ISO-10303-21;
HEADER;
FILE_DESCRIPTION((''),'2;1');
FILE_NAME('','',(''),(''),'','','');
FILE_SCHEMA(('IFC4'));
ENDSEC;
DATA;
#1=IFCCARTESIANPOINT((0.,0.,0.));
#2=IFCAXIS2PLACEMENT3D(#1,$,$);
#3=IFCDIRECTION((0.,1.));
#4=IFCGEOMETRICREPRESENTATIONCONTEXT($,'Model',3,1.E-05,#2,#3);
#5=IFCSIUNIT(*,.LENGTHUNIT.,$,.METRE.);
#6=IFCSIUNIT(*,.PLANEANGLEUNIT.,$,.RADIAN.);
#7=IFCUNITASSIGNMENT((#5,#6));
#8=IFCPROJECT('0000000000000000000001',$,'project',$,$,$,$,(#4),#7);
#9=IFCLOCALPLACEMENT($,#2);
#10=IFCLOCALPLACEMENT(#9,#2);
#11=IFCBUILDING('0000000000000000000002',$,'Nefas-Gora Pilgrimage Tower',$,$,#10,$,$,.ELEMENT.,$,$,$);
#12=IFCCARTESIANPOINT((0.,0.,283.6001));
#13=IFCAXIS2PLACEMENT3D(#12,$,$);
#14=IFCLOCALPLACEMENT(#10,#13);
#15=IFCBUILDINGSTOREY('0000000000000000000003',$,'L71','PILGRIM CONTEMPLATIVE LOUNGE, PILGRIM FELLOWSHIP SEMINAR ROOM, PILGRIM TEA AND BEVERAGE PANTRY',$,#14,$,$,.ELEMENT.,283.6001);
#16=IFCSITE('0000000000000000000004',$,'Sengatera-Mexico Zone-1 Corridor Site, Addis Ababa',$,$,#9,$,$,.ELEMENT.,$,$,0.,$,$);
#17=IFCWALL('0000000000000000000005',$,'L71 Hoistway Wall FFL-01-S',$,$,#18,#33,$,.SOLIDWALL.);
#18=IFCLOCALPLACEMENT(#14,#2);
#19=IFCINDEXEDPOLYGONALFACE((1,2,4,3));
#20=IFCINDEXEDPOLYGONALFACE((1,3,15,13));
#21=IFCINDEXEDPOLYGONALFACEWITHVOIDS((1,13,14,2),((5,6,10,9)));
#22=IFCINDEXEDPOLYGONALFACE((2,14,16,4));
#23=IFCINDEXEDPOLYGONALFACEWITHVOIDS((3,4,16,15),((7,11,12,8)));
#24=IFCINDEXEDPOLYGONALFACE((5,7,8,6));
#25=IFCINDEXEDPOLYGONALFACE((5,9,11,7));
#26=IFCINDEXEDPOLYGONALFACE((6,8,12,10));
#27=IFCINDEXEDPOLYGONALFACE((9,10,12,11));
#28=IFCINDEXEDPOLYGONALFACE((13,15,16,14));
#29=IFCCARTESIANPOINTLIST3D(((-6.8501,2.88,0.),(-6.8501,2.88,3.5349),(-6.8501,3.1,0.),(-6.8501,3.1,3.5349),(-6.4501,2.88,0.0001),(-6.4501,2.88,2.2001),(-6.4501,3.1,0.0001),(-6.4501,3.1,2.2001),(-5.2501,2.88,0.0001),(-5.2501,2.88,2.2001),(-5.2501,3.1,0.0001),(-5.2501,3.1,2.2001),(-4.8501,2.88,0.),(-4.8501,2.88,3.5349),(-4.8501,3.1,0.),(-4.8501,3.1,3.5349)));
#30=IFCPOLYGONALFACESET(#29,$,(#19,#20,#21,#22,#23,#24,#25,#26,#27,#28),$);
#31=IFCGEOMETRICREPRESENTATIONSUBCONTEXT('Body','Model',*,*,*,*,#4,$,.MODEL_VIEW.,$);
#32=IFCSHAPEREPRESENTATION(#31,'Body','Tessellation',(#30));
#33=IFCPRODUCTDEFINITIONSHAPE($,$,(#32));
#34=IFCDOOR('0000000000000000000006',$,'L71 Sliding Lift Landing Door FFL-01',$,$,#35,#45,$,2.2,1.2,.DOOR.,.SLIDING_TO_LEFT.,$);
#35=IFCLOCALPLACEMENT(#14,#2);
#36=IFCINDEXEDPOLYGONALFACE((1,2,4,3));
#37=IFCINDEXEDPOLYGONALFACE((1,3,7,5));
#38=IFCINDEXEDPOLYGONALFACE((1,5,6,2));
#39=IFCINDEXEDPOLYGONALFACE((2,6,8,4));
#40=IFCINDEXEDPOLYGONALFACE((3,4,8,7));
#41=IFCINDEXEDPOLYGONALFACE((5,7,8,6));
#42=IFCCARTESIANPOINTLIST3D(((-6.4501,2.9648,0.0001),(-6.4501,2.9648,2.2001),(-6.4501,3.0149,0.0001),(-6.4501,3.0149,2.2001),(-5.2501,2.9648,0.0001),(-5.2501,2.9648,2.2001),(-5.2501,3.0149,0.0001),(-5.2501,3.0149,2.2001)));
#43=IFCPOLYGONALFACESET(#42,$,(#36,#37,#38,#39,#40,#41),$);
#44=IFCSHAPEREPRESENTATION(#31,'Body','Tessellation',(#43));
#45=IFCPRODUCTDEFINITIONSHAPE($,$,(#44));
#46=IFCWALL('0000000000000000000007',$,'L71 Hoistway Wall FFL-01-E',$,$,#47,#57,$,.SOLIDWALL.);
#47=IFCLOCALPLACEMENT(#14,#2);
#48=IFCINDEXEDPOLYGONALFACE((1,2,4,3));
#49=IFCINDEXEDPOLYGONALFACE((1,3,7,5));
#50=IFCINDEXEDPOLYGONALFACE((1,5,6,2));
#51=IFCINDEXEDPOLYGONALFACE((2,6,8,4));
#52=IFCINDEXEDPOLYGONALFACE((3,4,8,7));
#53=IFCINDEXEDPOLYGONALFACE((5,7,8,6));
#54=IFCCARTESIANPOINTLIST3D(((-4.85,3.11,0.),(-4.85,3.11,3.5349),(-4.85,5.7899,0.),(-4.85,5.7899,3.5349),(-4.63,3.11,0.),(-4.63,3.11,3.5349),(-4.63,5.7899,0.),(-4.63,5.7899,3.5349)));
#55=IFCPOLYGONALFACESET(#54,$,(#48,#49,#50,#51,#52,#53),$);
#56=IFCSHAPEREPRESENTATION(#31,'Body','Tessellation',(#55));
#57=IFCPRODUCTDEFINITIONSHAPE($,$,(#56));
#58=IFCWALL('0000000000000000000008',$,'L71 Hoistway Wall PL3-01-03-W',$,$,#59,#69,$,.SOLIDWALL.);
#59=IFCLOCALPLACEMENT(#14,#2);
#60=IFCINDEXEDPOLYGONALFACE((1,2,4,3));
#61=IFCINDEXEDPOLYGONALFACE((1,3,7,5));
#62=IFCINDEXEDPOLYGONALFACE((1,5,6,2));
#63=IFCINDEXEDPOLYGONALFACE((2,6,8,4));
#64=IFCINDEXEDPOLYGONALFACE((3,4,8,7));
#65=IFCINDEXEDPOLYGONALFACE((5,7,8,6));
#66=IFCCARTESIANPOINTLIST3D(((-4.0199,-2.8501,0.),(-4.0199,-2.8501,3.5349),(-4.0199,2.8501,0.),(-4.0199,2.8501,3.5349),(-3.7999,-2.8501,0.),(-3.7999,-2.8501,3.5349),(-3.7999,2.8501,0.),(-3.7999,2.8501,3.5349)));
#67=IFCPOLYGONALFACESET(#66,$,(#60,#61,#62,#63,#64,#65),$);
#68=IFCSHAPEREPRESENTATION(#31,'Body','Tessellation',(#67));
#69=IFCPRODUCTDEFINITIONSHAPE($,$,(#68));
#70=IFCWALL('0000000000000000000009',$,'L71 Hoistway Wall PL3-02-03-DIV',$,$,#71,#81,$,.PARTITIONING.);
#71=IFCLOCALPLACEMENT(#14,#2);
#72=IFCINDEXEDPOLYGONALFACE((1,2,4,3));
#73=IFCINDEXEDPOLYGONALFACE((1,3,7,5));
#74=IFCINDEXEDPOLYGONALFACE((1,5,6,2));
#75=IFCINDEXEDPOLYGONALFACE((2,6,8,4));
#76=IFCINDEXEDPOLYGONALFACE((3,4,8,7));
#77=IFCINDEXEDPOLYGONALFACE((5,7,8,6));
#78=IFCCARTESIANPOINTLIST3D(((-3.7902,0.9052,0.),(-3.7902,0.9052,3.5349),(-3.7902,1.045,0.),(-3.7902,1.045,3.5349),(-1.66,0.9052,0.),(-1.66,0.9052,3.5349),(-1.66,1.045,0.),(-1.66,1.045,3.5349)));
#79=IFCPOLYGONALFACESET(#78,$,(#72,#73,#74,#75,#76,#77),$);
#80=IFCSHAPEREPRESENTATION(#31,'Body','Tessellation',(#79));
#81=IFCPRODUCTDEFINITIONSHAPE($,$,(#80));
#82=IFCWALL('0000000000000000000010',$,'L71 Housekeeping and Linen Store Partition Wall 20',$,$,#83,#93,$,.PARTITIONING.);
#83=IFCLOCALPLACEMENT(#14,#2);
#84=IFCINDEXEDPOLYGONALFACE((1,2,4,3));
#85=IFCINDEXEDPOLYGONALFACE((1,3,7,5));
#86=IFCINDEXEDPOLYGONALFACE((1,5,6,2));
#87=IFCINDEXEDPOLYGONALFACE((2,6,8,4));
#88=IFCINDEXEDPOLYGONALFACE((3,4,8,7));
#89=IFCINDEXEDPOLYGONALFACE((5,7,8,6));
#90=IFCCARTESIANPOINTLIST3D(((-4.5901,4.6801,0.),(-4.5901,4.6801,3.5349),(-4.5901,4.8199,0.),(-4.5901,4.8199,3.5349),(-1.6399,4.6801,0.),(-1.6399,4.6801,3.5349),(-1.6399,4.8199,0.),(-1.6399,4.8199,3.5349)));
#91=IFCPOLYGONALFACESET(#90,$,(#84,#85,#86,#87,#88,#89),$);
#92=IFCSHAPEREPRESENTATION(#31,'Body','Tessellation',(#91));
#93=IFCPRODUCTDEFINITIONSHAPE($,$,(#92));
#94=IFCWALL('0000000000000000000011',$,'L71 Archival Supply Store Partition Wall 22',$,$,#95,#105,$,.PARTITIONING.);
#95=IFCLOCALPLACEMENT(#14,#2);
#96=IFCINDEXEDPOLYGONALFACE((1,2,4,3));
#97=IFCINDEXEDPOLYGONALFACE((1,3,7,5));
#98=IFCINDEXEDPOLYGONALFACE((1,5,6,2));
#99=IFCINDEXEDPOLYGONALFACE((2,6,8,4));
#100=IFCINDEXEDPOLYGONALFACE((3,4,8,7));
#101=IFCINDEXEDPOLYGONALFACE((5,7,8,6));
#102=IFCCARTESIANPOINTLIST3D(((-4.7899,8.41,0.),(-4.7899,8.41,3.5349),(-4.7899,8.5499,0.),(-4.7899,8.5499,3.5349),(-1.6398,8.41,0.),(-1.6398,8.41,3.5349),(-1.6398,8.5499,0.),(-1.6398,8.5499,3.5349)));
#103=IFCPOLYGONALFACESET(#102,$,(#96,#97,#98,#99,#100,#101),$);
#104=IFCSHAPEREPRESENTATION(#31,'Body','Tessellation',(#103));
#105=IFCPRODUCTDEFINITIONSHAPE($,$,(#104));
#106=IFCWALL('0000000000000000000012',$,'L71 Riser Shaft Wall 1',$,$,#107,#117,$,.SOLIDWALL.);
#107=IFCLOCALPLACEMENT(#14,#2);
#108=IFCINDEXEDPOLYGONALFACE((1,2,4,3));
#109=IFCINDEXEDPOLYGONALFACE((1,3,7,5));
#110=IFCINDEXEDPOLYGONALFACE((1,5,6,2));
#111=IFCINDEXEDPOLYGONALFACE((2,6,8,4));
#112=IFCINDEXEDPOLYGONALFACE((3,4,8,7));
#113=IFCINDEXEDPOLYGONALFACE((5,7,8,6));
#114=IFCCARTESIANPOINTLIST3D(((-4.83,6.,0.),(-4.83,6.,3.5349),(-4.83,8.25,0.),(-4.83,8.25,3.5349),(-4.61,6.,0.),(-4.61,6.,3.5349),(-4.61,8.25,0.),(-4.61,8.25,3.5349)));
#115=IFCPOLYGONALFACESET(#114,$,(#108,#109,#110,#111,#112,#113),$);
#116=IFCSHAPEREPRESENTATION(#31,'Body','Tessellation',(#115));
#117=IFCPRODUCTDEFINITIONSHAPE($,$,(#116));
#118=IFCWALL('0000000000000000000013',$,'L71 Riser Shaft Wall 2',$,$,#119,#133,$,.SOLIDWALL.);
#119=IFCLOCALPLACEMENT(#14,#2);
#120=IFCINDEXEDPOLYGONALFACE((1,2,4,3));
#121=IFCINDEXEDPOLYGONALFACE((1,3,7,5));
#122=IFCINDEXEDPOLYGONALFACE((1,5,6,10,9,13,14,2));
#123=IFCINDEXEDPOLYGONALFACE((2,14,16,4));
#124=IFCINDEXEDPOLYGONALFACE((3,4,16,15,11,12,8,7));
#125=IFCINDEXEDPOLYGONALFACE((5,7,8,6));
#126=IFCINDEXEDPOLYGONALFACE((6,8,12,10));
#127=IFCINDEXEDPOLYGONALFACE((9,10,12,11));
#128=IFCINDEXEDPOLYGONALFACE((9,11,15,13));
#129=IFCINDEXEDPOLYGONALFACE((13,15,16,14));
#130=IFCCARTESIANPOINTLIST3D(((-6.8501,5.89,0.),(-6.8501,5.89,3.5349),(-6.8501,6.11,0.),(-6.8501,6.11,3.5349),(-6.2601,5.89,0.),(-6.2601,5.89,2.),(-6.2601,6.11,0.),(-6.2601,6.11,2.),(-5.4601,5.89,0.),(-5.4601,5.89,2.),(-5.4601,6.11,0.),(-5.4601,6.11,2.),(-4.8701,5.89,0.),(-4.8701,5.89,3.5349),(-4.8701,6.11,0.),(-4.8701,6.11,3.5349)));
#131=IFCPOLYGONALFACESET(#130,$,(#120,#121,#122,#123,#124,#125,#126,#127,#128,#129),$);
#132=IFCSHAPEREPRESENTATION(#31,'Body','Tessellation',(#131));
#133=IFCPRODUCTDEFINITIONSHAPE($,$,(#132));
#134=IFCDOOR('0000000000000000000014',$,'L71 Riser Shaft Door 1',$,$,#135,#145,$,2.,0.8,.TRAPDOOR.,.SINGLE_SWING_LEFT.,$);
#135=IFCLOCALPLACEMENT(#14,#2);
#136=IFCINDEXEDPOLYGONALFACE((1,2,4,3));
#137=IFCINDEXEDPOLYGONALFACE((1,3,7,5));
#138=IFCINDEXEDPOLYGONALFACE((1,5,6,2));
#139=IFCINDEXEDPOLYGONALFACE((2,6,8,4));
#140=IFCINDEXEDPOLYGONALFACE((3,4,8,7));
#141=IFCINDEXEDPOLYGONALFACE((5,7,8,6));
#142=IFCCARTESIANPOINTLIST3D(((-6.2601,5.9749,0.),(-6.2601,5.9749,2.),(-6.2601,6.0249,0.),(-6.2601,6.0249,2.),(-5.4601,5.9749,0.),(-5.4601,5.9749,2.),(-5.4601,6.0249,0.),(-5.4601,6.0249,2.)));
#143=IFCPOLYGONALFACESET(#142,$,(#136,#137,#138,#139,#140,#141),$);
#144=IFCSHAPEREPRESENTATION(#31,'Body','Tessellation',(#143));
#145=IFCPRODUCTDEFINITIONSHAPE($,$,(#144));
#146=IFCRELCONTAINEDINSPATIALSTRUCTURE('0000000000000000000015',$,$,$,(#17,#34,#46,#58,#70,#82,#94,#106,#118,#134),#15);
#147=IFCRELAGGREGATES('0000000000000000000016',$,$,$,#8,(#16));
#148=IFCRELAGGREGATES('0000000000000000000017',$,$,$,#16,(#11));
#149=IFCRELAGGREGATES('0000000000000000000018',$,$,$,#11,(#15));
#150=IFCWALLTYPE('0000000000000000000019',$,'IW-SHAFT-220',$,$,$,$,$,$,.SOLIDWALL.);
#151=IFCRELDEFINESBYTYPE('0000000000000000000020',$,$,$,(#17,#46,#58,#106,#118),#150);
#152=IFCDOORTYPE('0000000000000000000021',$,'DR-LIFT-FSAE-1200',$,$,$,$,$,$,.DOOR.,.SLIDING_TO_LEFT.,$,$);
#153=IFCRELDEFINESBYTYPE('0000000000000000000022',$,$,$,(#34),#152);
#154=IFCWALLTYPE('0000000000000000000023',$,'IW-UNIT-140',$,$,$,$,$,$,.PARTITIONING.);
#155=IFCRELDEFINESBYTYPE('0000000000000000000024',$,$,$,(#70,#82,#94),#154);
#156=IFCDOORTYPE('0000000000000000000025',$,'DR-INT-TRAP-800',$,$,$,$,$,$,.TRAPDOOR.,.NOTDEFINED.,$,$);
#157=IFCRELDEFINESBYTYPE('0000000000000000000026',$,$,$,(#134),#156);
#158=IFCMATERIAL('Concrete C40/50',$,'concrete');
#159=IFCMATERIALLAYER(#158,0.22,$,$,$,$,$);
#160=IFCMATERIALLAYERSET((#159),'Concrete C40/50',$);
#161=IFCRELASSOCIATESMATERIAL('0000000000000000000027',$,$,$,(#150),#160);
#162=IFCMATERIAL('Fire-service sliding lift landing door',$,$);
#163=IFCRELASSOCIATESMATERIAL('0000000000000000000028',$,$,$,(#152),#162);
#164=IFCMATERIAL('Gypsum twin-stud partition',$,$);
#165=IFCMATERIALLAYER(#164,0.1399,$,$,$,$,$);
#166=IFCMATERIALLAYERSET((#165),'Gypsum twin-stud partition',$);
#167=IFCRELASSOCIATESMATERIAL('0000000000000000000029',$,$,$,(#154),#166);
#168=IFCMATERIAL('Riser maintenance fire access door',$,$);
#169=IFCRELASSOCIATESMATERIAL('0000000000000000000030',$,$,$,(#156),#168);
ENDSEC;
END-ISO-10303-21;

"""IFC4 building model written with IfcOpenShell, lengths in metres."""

from ifc_helpers import new_model, si_unit, direction, frame, frame_2d, origin, place, context, subcontext, project, spatial, rectangle, extrude, source, transform, mapped, material, layer, layer_set, type_object, element, fill, save


model = new_model("IFC4")

# Units and contexts
model_context = context("Model", 3, precision=1e-05, world=origin(), true_north=direction((0.0, 1.0)))
body_context = subcontext(model_context, "Body", "Model", "MODEL_VIEW")
ifc_project = project(units=[si_unit("LENGTHUNIT", "METRE"), si_unit("PLANEANGLEUNIT", "RADIAN")], contexts=[model_context])

# Site, building, storey
site_placement = place(None, origin())
site = spatial("IfcSite", under=ifc_project, at=site_placement, Name="Sengatera-Mexico Zone-1 Corridor Site, Addis Ababa", CompositionType="ELEMENT", RefElevation=0.0)
building_placement = place(site_placement, origin())
building = spatial("IfcBuilding", under=site, at=building_placement, Name="Nefas-Gora Pilgrimage Tower", CompositionType="ELEMENT")
storey_placement = place(building_placement, frame((0.0, 0.0, 283.6001)))
storey = spatial("IfcBuildingStorey", under=building, at=storey_placement, Name="L71", Description="PILGRIM CONTEMPLATIVE LOUNGE, PILGRIM FELLOWSHIP SEMINAR ROOM, PILGRIM TEA AND BEVERAGE PANTRY", CompositionType="ELEMENT", Elevation=283.6001)

# Wall, opening, door
ifc_material_1 = material(Name="Concrete C40/50", Category="concrete")
ifc_layer_1 = layer(ifc_material_1, 0.22)
ifc_layer_set_1 = layer_set([ifc_layer_1], Name="Concrete C40/50")
wall_type_1 = type_object("IfcWallType", Name="IW-SHAFT-220", PredefinedType="SOLIDWALL", material=ifc_layer_set_1)
shared_shape_1 = source(origin(), body_context, "Body", "SweptSolid", [
    extrude(rectangle(XDim=2.0, YDim=0.22, at=frame_2d((1.0, 0.0))), origin(), (0.0, 0.0, 1.0), 3.5349),
])
wall_1_placement = place(storey_placement, frame((-6.8501, 2.99, 0.0), z_axis=(0.0, 0.0, 1.0), x_axis=(1.0, 0.0, 0.0)))
wall_1 = element("IfcWall", 1, at=wall_1_placement, inside=storey, type_object=wall_type_1, Name="L71 Hoistway Wall FFL-01-S", PredefinedType="SOLIDWALL", context=body_context, shape_type="MappedRepresentation", body=[
    mapped(shared_shape_1, transform((0.0, 0.0, 0.0), x_axis=(1.0, 0.0, 0.0), y_axis=(0.0, 1.0, 0.0), z_axis=(0.0, 0.0, 1.0), scale=1.0)),
])
opening_1_placement = place(wall_1_placement, frame((0.3999, 0.0, 0.0)))
opening_1 = element("IfcOpeningElement", 2, at=opening_1_placement, cuts=wall_1, PredefinedType="OPENING", context=body_context, shape_type="SweptSolid", body=[
    extrude(rectangle(XDim=1.2, YDim=2.2, at=frame_2d((0.6001, 1.1001))), frame((0.0, 0.1199, 0.0), z_axis=(0.0, -1.0, 0.0), x_axis=(1.0, 0.0, 0.0)), (0.0, 0.0, 1.0), 0.24),
])
ifc_material_2 = material(Name="Fire-service sliding lift landing door")
door_type_1 = type_object("IfcDoorType", Name="DR-LIFT-FSAE-1200", OperationType="SLIDING_TO_LEFT", PredefinedType="DOOR", material=ifc_material_2)
shared_shape_2 = source(origin(), body_context, "Body", "SweptSolid", [
    extrude(rectangle(XDim=1.2, YDim=2.2, at=frame_2d((0.6001, 1.1001))), frame((0.0, 0.0249, 0.0), z_axis=(0.0, -1.0, 0.0), x_axis=(1.0, 0.0, 0.0)), (0.0, 0.0, 1.0), 0.05),
])
door_1_placement = place(opening_1_placement, origin())
door_1 = element("IfcDoor", 3, at=door_1_placement, inside=storey, type_object=door_type_1, Name="L71 Sliding Lift Landing Door FFL-01", OperationType="SLIDING_TO_LEFT", OverallHeight=2.2, OverallWidth=1.2, PredefinedType="DOOR", context=body_context, shape_type="MappedRepresentation", body=[
    mapped(shared_shape_2, transform((0.0, 0.0, 0.0), x_axis=(1.0, 0.0, 0.0), y_axis=(0.0, 1.0, 0.0), z_axis=(0.0, 0.0, 1.0), scale=1.0)),
])
fill(opening_1, door_1)

# Walls
shared_shape_3 = source(origin(), body_context, "Body", "SweptSolid", [
    extrude(rectangle(XDim=2.6799, YDim=0.22, at=frame_2d((1.3398, 0.0))), origin(), (0.0, 0.0, 1.0), 3.5349),
])
wall_2_placement = place(storey_placement, frame((-4.74, 3.1101, 0.0), z_axis=(0.0, 0.0, 1.0), x_axis=(0.0, 1.0, 0.0)))
element("IfcWall", 4, at=wall_2_placement, inside=storey, type_object=wall_type_1, Name="L71 Hoistway Wall FFL-01-E", PredefinedType="SOLIDWALL", context=body_context, shape_type="MappedRepresentation", body=[
    mapped(shared_shape_3, transform((0.0, 0.0, 0.0), x_axis=(1.0, 0.0, 0.0), y_axis=(0.0, 1.0, 0.0), z_axis=(0.0, 0.0, 1.0), scale=1.0)),
])
shared_shape_4 = source(origin(), body_context, "Body", "SweptSolid", [
    extrude(rectangle(XDim=5.7002, YDim=0.22, at=frame_2d((2.8501, 0.0))), origin(), (0.0, 0.0, 1.0), 3.5349),
])
wall_3_placement = place(storey_placement, frame((-3.9099, 2.8501, 0.0), z_axis=(0.0, 0.0, 1.0), x_axis=(0.0, -1.0, 0.0)))
element("IfcWall", 5, at=wall_3_placement, inside=storey, type_object=wall_type_1, Name="L71 Hoistway Wall PL3-01-03-W", PredefinedType="SOLIDWALL", context=body_context, shape_type="MappedRepresentation", body=[
    mapped(shared_shape_4, transform((0.0, 0.0, 0.0), x_axis=(1.0, 0.0, 0.0), y_axis=(0.0, 1.0, 0.0), z_axis=(0.0, 0.0, 1.0), scale=1.0)),
])
ifc_material_3 = material(Name="Gypsum twin-stud partition")
ifc_layer_2 = layer(ifc_material_3, 0.1399)
ifc_layer_set_2 = layer_set([ifc_layer_2], Name="Gypsum twin-stud partition")
wall_type_2 = type_object("IfcWallType", Name="IW-UNIT-140", PredefinedType="PARTITIONING", material=ifc_layer_set_2)
shared_shape_5 = source(origin(), body_context, "Body", "SweptSolid", [
    extrude(rectangle(XDim=2.1301, YDim=0.1399, at=frame_2d((1.0649, 0.0))), origin(), (0.0, 0.0, 1.0), 3.5349),
])
wall_4_placement = place(storey_placement, frame((-3.79, 0.9751, 0.0), z_axis=(0.0, 0.0, 1.0), x_axis=(1.0, 0.0, 0.0)))
element("IfcWall", 6, at=wall_4_placement, inside=storey, type_object=wall_type_2, Name="L71 Hoistway Wall PL3-02-03-DIV", PredefinedType="PARTITIONING", context=body_context, shape_type="MappedRepresentation", body=[
    mapped(shared_shape_5, transform((0.0, 0.0, 0.0), x_axis=(1.0, 0.0, 0.0), y_axis=(0.0, 1.0, 0.0), z_axis=(0.0, 0.0, 1.0), scale=1.0)),
])
shared_shape_6 = source(origin(), body_context, "Body", "SweptSolid", [
    extrude(rectangle(XDim=2.9502, YDim=0.1399, at=frame_2d((1.4751, 0.0))), origin(), (0.0, 0.0, 1.0), 3.5349),
])
wall_5_placement = place(storey_placement, frame((-4.5901, 4.75, 0.0), z_axis=(0.0, 0.0, 1.0), x_axis=(1.0, 0.0, 0.0)))
element("IfcWall", 7, at=wall_5_placement, inside=storey, type_object=wall_type_2, Name="L71 Housekeeping and Linen Store Partition Wall 20", PredefinedType="PARTITIONING", context=body_context, shape_type="MappedRepresentation", body=[
    mapped(shared_shape_6, transform((0.0, 0.0, 0.0), x_axis=(1.0, 0.0, 0.0), y_axis=(0.0, 1.0, 0.0), z_axis=(0.0, 0.0, 1.0), scale=1.0)),
])
shared_shape_7 = source(origin(), body_context, "Body", "SweptSolid", [
    extrude(rectangle(XDim=3.1501, YDim=0.1399, at=frame_2d((1.5752, 0.0))), origin(), (0.0, 0.0, 1.0), 3.5349),
])
wall_6_placement = place(storey_placement, frame((-4.79, 8.48, 0.0), z_axis=(0.0, 0.0, 1.0), x_axis=(1.0, 0.0, 0.0)))
element("IfcWall", 8, at=wall_6_placement, inside=storey, type_object=wall_type_2, Name="L71 Archival Supply Store Partition Wall 22", PredefinedType="PARTITIONING", context=body_context, shape_type="MappedRepresentation", body=[
    mapped(shared_shape_7, transform((0.0, 0.0, 0.0), x_axis=(1.0, 0.0, 0.0), y_axis=(0.0, 1.0, 0.0), z_axis=(0.0, 0.0, 1.0), scale=1.0)),
])
shared_shape_8 = source(origin(), body_context, "Body", "SweptSolid", [
    extrude(rectangle(XDim=2.25, YDim=0.22, at=frame_2d((1.125, 0.0))), origin(), (0.0, 0.0, 1.0), 3.5349),
])
wall_7_placement = place(storey_placement, frame((-4.72, 6.0, 0.0), z_axis=(0.0, 0.0, 1.0), x_axis=(0.0, 1.0, 0.0)))
element("IfcWall", 9, at=wall_7_placement, inside=storey, type_object=wall_type_1, Name="L71 Riser Shaft Wall 1", PredefinedType="SOLIDWALL", context=body_context, shape_type="MappedRepresentation", body=[
    mapped(shared_shape_8, transform((0.0, 0.0, 0.0), x_axis=(1.0, 0.0, 0.0), y_axis=(0.0, 1.0, 0.0), z_axis=(0.0, 0.0, 1.0), scale=1.0)),
])

# Wall, opening, door
shared_shape_9 = source(origin(), body_context, "Body", "SweptSolid", [
    extrude(rectangle(XDim=1.98, YDim=0.22, at=frame_2d((0.99, 0.0))), origin(), (0.0, 0.0, 1.0), 3.5349),
])
wall_8_placement = place(storey_placement, frame((-6.8501, 6.0, 0.0), z_axis=(0.0, 0.0, 1.0), x_axis=(1.0, 0.0, 0.0)))
wall_8 = element("IfcWall", 10, at=wall_8_placement, inside=storey, type_object=wall_type_1, Name="L71 Riser Shaft Wall 2", PredefinedType="SOLIDWALL", context=body_context, shape_type="MappedRepresentation", body=[
    mapped(shared_shape_9, transform((0.0, 0.0, 0.0), x_axis=(1.0, 0.0, 0.0), y_axis=(0.0, 1.0, 0.0), z_axis=(0.0, 0.0, 1.0), scale=1.0)),
])
opening_2_placement = place(wall_8_placement, frame((0.5901, 0.0, 0.0)))
opening_2 = element("IfcOpeningElement", 11, at=opening_2_placement, cuts=wall_8, PredefinedType="OPENING", context=body_context, shape_type="SweptSolid", body=[
    extrude(rectangle(XDim=0.8, YDim=2.0, at=frame_2d((0.3999, 1.0))), frame((0.0, 0.1199, 0.0), z_axis=(0.0, -1.0, 0.0), x_axis=(1.0, 0.0, 0.0)), (0.0, 0.0, 1.0), 0.24),
])
ifc_material_4 = material(Name="Riser maintenance fire access door")
door_type_2 = type_object("IfcDoorType", Name="DR-INT-TRAP-800", OperationType="NOTDEFINED", PredefinedType="TRAPDOOR", material=ifc_material_4)
shared_shape_10 = source(origin(), body_context, "Body", "SweptSolid", [
    extrude(rectangle(XDim=0.8, YDim=2.0, at=frame_2d((0.3999, 1.0))), frame((0.0, 0.0249, 0.0), z_axis=(0.0, -1.0, 0.0), x_axis=(1.0, 0.0, 0.0)), (0.0, 0.0, 1.0), 0.05),
])
door_2_placement = place(opening_2_placement, origin())
door_2 = element("IfcDoor", 12, at=door_2_placement, inside=storey, type_object=door_type_2, Name="L71 Riser Shaft Door 1", OperationType="SINGLE_SWING_LEFT", OverallHeight=2.0, OverallWidth=0.8, PredefinedType="TRAPDOOR", context=body_context, shape_type="MappedRepresentation", body=[
    mapped(shared_shape_10, transform((0.0, 0.0, 0.0), x_axis=(1.0, 0.0, 0.0), y_axis=(0.0, 1.0, 0.0), z_axis=(0.0, 0.0, 1.0), scale=1.0)),
])
fill(opening_2, door_2)

save(model, "model.ifc")
